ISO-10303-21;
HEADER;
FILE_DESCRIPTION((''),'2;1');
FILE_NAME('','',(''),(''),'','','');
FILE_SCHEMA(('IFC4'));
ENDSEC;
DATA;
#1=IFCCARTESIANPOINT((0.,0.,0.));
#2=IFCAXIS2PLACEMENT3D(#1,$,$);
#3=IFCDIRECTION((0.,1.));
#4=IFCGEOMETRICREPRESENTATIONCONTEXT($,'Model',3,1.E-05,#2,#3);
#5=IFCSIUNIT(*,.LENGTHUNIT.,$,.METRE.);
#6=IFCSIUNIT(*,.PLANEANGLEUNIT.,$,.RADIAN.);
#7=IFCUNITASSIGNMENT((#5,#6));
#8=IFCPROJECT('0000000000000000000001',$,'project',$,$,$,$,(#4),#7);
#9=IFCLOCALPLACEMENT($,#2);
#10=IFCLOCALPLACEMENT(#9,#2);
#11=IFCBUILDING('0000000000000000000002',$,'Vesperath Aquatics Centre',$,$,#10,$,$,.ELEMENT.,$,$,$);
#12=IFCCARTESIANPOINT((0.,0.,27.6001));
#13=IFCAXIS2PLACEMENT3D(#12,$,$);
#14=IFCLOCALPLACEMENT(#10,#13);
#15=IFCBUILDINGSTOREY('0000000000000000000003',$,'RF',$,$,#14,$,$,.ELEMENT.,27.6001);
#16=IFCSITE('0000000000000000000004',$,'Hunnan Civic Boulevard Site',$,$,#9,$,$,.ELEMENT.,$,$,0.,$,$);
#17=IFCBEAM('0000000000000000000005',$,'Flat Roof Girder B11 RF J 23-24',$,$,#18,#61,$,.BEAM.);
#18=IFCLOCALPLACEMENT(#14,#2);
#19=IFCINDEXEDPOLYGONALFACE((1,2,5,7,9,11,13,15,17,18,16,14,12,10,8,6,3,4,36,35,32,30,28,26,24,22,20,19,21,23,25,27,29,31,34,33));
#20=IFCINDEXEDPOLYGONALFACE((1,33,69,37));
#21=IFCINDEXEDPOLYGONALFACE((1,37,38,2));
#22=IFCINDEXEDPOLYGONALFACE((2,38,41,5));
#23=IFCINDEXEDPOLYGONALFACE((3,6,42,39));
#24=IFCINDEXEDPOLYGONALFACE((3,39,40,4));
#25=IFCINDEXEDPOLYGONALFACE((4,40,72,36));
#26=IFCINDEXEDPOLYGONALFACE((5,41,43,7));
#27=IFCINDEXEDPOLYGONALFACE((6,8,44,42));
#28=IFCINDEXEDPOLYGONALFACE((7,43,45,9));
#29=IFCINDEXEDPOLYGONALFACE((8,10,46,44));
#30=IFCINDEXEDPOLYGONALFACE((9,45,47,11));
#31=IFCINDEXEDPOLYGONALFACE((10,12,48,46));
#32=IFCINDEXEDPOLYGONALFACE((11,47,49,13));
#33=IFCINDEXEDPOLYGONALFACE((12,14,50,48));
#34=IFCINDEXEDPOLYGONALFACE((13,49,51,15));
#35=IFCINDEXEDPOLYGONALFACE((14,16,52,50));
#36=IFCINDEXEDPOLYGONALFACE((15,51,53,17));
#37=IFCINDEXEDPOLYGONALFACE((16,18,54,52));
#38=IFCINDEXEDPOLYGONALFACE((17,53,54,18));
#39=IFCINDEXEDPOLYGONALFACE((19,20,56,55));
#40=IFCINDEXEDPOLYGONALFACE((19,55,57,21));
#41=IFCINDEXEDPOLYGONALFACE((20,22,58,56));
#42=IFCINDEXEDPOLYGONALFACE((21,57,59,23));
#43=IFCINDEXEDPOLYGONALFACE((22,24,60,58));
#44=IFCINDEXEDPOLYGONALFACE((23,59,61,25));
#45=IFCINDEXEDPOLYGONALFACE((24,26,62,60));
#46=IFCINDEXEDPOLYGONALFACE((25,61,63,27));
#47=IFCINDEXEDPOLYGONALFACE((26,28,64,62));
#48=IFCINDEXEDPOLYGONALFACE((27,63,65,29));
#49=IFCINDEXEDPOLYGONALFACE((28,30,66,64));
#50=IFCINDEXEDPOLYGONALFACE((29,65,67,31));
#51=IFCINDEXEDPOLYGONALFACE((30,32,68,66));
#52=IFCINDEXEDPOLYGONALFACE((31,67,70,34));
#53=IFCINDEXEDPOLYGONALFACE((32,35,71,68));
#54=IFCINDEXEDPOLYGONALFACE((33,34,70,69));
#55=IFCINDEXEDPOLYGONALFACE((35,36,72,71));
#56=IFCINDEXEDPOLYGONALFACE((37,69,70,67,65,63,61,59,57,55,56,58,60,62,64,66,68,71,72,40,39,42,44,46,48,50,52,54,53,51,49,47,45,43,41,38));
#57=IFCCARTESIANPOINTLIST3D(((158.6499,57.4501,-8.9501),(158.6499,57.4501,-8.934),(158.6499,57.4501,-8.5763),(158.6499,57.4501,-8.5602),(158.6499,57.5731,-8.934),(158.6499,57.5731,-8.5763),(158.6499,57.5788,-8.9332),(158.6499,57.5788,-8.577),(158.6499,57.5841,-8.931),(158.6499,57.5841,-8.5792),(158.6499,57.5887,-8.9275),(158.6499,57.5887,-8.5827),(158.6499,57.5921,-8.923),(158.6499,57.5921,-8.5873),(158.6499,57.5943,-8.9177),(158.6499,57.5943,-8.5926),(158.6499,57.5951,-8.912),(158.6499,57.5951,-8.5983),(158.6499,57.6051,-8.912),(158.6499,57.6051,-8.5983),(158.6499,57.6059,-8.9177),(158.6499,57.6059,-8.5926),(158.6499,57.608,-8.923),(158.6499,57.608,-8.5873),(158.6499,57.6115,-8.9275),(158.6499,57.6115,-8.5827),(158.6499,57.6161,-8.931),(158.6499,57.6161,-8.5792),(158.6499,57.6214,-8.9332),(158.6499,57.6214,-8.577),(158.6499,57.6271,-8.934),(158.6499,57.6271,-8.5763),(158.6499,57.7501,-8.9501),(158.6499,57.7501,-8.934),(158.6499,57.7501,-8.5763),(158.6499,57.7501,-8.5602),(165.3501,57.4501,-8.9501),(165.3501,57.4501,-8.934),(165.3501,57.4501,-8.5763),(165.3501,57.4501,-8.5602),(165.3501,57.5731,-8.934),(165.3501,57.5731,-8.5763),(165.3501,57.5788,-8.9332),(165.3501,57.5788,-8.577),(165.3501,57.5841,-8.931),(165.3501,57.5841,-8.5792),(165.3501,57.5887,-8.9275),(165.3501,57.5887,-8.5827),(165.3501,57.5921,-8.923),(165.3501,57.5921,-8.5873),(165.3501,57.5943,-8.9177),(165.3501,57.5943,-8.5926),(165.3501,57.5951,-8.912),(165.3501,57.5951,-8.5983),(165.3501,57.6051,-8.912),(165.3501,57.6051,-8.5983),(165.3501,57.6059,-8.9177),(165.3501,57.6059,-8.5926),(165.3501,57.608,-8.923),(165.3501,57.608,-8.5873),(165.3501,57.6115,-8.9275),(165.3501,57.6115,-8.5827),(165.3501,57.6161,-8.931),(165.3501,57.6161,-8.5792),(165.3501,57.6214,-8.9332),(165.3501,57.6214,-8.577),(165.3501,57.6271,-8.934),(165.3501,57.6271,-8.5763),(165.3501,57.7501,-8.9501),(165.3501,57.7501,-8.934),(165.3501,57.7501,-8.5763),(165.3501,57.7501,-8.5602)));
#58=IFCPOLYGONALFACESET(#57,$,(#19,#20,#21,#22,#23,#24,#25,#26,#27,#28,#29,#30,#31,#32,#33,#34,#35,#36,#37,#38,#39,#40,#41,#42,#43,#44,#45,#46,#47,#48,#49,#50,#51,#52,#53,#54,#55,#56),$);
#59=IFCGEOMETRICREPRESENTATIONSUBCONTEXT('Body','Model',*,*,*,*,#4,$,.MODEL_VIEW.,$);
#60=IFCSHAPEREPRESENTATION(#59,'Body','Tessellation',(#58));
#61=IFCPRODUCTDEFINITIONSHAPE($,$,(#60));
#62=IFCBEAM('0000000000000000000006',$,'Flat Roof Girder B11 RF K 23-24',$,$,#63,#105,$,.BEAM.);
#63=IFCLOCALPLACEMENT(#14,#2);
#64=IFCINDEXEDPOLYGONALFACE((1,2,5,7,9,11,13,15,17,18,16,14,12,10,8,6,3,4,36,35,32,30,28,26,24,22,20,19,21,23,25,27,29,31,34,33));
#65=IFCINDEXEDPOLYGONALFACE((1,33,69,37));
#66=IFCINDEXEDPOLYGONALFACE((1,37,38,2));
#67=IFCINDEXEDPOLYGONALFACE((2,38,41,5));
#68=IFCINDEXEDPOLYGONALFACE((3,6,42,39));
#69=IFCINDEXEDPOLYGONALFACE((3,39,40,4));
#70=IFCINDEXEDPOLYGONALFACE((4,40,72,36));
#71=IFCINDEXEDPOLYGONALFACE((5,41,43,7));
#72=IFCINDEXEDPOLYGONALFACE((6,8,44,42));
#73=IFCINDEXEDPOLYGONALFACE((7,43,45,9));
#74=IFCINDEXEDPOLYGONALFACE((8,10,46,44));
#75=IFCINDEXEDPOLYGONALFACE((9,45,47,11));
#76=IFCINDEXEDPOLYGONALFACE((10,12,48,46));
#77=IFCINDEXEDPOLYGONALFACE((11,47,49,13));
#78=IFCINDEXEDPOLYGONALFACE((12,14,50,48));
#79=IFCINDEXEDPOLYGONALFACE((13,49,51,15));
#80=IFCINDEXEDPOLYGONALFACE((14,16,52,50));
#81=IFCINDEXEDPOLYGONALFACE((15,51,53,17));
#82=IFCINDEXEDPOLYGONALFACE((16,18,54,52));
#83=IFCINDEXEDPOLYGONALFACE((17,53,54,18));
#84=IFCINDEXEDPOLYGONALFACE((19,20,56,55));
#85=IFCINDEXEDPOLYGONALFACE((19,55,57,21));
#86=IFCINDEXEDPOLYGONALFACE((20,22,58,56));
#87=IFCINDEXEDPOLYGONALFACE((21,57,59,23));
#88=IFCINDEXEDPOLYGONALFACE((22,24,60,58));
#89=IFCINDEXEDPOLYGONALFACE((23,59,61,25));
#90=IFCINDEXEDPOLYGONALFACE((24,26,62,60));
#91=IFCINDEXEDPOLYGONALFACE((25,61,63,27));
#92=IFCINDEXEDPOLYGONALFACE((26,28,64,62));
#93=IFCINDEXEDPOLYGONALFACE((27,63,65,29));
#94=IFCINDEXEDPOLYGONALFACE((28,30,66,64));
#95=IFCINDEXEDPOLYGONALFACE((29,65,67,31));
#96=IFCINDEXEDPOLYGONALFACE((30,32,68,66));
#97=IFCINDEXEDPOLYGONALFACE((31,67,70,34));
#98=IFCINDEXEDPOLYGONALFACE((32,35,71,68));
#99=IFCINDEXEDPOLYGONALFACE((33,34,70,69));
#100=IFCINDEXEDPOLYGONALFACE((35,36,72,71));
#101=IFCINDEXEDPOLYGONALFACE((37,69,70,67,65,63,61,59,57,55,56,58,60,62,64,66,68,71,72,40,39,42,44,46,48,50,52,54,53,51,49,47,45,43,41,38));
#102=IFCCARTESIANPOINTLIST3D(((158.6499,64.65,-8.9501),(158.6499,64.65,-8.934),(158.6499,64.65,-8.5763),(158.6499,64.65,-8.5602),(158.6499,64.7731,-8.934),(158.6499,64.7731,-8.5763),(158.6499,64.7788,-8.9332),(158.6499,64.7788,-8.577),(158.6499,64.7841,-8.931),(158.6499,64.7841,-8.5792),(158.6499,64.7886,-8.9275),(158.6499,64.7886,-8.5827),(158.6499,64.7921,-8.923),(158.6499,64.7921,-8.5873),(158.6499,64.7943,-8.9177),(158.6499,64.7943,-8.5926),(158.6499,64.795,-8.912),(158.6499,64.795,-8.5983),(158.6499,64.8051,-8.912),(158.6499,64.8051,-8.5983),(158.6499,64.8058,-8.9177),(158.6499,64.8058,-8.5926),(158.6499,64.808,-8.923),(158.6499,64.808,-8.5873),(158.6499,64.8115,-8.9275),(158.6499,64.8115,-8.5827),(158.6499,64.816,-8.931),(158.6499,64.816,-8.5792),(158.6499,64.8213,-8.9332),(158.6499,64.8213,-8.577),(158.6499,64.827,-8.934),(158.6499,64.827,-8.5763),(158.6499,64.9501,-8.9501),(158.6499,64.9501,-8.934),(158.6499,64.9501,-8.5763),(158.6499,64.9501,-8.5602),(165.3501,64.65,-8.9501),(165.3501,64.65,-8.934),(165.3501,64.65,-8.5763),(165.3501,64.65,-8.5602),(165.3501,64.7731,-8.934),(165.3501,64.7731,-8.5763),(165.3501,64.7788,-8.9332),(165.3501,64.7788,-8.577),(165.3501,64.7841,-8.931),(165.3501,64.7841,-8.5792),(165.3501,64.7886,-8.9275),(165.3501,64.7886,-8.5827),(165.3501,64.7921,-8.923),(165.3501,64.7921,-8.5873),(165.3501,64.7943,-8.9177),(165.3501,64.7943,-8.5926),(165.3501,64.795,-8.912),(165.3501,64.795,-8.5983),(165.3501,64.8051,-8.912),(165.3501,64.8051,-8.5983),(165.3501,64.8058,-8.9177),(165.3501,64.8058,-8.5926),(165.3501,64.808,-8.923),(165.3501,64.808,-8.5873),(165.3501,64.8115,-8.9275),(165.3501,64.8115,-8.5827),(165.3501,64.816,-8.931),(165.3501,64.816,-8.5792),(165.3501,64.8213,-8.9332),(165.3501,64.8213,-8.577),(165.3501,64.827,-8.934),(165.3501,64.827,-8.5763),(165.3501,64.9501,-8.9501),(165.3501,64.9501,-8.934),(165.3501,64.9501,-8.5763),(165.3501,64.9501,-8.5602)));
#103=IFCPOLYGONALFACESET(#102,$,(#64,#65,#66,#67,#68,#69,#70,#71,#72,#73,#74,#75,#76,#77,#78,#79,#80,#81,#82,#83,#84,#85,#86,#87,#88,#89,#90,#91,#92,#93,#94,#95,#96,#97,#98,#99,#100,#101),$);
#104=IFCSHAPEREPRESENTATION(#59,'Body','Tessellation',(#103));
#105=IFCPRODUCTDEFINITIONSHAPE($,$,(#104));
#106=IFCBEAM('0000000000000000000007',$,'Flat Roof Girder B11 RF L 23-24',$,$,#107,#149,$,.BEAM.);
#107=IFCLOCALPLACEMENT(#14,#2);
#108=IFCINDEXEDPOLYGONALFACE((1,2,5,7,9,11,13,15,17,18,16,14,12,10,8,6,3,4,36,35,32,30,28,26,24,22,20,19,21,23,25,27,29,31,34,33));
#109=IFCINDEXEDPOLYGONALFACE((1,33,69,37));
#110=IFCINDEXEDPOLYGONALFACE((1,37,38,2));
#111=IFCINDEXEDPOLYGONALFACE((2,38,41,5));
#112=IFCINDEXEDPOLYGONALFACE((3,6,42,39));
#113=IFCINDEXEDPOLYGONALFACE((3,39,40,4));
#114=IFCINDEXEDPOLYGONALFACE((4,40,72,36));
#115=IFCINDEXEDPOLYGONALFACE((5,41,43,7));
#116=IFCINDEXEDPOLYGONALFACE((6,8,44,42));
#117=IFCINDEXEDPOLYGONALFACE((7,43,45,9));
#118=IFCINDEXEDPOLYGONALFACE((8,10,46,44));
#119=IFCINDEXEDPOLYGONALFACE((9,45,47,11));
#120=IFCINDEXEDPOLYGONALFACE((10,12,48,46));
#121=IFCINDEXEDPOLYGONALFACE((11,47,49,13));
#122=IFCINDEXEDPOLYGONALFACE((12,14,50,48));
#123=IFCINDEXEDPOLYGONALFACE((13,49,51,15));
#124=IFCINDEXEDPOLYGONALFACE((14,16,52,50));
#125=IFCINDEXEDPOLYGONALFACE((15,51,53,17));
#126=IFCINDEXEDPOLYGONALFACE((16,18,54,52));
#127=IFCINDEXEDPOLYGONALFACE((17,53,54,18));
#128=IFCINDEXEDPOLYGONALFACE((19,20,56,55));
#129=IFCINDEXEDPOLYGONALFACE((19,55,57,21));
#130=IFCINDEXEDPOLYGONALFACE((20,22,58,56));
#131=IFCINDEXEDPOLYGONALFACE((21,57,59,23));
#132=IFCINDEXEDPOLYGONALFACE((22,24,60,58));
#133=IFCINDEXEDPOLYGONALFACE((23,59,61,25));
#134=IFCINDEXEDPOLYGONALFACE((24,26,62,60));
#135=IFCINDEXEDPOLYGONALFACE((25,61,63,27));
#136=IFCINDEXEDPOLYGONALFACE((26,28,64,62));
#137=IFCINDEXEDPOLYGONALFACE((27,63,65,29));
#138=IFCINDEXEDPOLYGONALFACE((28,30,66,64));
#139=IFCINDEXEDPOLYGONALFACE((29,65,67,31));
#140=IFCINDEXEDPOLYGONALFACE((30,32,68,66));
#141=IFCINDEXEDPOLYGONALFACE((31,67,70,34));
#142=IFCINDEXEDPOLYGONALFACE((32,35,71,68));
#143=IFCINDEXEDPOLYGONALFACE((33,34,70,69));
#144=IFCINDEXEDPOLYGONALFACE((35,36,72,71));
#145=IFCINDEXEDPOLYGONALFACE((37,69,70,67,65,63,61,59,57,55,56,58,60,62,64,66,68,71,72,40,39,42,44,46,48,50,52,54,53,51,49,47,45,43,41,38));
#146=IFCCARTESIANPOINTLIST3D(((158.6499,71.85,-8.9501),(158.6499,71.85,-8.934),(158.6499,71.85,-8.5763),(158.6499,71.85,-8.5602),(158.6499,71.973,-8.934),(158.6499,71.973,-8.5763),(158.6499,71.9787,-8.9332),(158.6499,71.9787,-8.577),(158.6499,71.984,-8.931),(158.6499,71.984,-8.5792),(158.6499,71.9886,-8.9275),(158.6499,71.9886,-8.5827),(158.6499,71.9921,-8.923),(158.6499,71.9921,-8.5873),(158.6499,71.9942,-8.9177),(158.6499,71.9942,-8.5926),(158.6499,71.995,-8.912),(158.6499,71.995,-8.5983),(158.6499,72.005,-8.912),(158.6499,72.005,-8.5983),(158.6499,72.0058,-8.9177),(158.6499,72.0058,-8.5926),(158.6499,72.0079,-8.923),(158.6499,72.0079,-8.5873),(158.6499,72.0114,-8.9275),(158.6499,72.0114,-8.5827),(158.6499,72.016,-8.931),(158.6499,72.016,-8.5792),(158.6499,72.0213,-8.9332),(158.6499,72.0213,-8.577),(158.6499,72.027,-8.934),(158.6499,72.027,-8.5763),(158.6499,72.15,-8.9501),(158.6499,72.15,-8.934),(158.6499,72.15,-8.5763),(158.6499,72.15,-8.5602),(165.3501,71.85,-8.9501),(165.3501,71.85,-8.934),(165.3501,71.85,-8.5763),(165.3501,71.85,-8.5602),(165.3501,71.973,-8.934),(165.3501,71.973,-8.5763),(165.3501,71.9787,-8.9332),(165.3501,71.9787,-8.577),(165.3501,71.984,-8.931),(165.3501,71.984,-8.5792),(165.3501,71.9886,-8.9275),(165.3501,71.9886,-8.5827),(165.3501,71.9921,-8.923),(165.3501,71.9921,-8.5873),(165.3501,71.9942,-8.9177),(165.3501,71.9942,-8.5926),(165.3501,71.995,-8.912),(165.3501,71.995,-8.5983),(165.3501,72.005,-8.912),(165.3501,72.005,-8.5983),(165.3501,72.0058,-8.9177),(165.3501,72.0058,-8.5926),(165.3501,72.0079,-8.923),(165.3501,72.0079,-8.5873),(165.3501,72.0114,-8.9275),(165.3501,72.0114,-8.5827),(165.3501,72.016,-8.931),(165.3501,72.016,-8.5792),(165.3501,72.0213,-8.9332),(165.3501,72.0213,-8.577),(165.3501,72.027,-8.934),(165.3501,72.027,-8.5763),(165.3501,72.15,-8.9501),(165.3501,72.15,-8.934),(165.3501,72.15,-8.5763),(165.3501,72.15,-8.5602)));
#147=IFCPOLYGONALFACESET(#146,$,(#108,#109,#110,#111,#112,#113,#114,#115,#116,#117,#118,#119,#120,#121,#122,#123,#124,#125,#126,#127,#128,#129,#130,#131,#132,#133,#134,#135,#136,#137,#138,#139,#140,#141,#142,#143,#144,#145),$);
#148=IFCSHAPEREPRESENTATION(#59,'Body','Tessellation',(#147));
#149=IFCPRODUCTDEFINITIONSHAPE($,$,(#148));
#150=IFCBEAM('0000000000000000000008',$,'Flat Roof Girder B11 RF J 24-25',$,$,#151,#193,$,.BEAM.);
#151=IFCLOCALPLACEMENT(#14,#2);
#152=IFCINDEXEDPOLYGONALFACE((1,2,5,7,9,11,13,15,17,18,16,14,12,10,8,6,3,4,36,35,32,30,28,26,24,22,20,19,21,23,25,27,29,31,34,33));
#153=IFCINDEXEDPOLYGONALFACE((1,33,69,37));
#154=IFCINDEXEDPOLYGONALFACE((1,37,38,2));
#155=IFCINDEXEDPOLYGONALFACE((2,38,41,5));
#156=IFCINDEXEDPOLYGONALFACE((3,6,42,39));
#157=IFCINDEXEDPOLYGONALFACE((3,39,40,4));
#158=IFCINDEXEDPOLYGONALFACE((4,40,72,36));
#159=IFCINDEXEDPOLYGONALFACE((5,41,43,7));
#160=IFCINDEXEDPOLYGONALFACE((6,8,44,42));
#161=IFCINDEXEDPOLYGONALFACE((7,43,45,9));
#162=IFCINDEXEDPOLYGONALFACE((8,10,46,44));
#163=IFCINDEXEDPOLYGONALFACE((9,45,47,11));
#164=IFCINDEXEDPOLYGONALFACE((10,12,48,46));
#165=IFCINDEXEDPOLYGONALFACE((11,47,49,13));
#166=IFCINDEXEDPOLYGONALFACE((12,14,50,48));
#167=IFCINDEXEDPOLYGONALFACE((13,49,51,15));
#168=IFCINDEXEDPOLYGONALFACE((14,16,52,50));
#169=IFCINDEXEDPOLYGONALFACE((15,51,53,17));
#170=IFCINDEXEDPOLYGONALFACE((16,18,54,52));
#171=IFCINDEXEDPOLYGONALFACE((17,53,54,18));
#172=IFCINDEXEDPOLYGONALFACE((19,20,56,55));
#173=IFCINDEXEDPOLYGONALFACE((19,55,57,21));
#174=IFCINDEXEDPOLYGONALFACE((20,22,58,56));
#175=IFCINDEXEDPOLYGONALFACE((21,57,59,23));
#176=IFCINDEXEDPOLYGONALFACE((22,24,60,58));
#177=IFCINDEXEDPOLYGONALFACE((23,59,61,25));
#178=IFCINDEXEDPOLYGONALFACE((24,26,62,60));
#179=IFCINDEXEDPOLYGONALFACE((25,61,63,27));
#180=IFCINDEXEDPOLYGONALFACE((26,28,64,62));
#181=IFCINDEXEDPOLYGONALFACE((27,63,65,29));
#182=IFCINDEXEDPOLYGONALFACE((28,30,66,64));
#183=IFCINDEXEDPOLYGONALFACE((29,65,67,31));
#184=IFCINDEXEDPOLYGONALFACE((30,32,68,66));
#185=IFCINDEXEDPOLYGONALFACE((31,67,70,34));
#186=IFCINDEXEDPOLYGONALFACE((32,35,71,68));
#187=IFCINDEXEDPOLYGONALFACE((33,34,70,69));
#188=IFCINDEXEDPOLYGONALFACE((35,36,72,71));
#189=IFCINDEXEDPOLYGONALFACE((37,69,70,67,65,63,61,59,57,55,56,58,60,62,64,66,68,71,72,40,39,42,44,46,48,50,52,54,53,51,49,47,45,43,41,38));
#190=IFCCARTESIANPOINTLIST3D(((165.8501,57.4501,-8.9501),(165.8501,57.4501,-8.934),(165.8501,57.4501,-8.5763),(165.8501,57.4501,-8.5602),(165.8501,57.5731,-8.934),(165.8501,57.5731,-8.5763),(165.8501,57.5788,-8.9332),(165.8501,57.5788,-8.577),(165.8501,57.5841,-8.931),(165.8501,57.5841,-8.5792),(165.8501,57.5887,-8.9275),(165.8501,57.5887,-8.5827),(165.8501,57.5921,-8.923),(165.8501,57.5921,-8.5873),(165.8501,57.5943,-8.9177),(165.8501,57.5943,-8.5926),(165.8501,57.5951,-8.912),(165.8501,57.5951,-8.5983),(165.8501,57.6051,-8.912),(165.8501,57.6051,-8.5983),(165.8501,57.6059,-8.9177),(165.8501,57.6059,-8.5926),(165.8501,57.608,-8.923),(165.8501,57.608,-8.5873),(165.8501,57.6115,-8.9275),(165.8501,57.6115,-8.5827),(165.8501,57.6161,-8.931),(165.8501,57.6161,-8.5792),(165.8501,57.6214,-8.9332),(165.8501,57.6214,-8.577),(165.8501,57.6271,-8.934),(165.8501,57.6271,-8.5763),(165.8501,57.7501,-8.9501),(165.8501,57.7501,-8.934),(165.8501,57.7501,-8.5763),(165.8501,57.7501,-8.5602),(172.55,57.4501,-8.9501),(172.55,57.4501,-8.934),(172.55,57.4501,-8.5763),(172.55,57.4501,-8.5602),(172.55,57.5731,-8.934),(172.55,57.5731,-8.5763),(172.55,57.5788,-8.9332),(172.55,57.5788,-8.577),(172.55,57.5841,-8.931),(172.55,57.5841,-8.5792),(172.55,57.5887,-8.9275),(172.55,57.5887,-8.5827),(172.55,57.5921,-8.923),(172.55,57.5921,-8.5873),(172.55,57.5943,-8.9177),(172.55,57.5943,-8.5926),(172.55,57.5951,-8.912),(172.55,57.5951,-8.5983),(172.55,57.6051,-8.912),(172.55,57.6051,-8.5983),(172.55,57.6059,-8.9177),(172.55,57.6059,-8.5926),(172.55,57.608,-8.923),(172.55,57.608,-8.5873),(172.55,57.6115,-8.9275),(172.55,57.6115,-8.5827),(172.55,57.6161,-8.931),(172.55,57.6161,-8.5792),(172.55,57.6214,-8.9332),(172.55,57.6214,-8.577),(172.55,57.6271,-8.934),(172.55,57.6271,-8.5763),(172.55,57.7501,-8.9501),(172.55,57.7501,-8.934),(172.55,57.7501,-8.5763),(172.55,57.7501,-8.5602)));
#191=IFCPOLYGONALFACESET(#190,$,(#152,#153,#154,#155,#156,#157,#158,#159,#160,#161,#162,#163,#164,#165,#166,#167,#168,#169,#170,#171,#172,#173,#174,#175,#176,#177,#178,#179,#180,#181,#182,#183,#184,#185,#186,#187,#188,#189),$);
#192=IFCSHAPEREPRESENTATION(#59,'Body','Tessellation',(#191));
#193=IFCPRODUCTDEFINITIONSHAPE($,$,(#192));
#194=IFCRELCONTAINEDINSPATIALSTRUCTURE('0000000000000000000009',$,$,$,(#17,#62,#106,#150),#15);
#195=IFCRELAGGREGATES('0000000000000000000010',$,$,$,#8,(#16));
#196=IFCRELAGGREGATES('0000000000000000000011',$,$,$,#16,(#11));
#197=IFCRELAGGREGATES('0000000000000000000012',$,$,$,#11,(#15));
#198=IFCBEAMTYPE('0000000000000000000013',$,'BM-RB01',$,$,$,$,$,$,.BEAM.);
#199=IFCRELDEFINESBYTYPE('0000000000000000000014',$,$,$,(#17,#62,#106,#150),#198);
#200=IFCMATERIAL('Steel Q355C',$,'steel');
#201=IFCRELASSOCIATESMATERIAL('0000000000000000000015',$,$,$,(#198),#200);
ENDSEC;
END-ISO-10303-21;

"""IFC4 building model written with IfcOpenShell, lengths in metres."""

from ifc_helpers import new_model, si_unit, direction, frame, origin, origin_2d, place, context, subcontext, project, spatial, i_section, extrude, material, material_profile, profile_set, type_object, element, save


model = new_model("IFC4")

# Units and contexts
model_context = context("Model", 3, precision=1e-05, world=origin(), true_north=direction((0.0, 1.0)))
body_context = subcontext(model_context, "Body", "Model", "MODEL_VIEW")
ifc_project = project(units=[si_unit("LENGTHUNIT", "METRE"), si_unit("PLANEANGLEUNIT", "RADIAN")], contexts=[model_context])

# Site, building, storey
site_placement = place(None, origin())
site = spatial("IfcSite", under=ifc_project, at=site_placement, Name="Hunnan Civic Boulevard Site", CompositionType="ELEMENT", RefElevation=0.0)
building_placement = place(site_placement, origin())
building = spatial("IfcBuilding", under=site, at=building_placement, Name="Vesperath Aquatics Centre", CompositionType="ELEMENT")
storey_placement = place(building_placement, frame((0.0, 0.0, 27.6001)))
storey = spatial("IfcBuildingStorey", under=building, at=storey_placement, Name="RF", CompositionType="ELEMENT", Elevation=27.6001)

# Beams
ifc_material = material(Name="Steel Q355C", Category="steel")
ifc_material_profile = material_profile(ifc_material, i_section(OverallWidth=0.3, OverallDepth=0.3899, WebThickness=0.01, FlangeThickness=0.0161, FilletRadius=0.022, at=origin_2d()), Name="HM 390x300x10x16")
ifc_profile_set = profile_set([ifc_material_profile], Name="Steel Q355C")
beam_type = type_object("IfcBeamType", Name="BM-RB01", PredefinedType="BEAM", material=ifc_profile_set)
for number, where, z_axis, x_axis, name in (
    (1, (158.6499, 57.6001, -8.7551), (1.0, 0.0, 0.0), (0.0, 1.0, 0.0), "Flat Roof Girder B11 RF J 23-24"),
    (2, (158.6499, 64.8, -8.7551), (1.0, 0.0, 0.0), (0.0, 1.0, 0.0), "Flat Roof Girder B11 RF K 23-24"),
    (3, (158.6499, 72.0, -8.7551), (1.0, 0.0, 0.0), (0.0, 1.0, 0.0), "Flat Roof Girder B11 RF L 23-24"),
):
    element("IfcBeam", number, at=place(storey_placement, frame(where, z_axis=z_axis, x_axis=x_axis)), inside=storey, type_object=beam_type, Name=name, PredefinedType="BEAM", context=body_context, shape_type="SweptSolid", body=[
        extrude(i_section(OverallWidth=0.3, OverallDepth=0.3899, WebThickness=0.01, FlangeThickness=0.0161, FilletRadius=0.022, at=origin_2d()), origin(), (0.0, 0.0, 1.0), 6.7002),
    ])
for number, where, z_axis, x_axis, name in (
    (4, (165.8501, 57.6001, -8.7551), (1.0, 0.0, 0.0), (0.0, 1.0, 0.0), "Flat Roof Girder B11 RF J 24-25"),
):
    element("IfcBeam", number, at=place(storey_placement, frame(where, z_axis=z_axis, x_axis=x_axis)), inside=storey, type_object=beam_type, Name=name, PredefinedType="BEAM", context=body_context, shape_type="SweptSolid", body=[
        extrude(i_section(OverallWidth=0.3, OverallDepth=0.3899, WebThickness=0.01, FlangeThickness=0.0161, FilletRadius=0.022, at=origin_2d()), origin(), (0.0, 0.0, 1.0), 6.7),
    ])

save(model, "model.ifc")
